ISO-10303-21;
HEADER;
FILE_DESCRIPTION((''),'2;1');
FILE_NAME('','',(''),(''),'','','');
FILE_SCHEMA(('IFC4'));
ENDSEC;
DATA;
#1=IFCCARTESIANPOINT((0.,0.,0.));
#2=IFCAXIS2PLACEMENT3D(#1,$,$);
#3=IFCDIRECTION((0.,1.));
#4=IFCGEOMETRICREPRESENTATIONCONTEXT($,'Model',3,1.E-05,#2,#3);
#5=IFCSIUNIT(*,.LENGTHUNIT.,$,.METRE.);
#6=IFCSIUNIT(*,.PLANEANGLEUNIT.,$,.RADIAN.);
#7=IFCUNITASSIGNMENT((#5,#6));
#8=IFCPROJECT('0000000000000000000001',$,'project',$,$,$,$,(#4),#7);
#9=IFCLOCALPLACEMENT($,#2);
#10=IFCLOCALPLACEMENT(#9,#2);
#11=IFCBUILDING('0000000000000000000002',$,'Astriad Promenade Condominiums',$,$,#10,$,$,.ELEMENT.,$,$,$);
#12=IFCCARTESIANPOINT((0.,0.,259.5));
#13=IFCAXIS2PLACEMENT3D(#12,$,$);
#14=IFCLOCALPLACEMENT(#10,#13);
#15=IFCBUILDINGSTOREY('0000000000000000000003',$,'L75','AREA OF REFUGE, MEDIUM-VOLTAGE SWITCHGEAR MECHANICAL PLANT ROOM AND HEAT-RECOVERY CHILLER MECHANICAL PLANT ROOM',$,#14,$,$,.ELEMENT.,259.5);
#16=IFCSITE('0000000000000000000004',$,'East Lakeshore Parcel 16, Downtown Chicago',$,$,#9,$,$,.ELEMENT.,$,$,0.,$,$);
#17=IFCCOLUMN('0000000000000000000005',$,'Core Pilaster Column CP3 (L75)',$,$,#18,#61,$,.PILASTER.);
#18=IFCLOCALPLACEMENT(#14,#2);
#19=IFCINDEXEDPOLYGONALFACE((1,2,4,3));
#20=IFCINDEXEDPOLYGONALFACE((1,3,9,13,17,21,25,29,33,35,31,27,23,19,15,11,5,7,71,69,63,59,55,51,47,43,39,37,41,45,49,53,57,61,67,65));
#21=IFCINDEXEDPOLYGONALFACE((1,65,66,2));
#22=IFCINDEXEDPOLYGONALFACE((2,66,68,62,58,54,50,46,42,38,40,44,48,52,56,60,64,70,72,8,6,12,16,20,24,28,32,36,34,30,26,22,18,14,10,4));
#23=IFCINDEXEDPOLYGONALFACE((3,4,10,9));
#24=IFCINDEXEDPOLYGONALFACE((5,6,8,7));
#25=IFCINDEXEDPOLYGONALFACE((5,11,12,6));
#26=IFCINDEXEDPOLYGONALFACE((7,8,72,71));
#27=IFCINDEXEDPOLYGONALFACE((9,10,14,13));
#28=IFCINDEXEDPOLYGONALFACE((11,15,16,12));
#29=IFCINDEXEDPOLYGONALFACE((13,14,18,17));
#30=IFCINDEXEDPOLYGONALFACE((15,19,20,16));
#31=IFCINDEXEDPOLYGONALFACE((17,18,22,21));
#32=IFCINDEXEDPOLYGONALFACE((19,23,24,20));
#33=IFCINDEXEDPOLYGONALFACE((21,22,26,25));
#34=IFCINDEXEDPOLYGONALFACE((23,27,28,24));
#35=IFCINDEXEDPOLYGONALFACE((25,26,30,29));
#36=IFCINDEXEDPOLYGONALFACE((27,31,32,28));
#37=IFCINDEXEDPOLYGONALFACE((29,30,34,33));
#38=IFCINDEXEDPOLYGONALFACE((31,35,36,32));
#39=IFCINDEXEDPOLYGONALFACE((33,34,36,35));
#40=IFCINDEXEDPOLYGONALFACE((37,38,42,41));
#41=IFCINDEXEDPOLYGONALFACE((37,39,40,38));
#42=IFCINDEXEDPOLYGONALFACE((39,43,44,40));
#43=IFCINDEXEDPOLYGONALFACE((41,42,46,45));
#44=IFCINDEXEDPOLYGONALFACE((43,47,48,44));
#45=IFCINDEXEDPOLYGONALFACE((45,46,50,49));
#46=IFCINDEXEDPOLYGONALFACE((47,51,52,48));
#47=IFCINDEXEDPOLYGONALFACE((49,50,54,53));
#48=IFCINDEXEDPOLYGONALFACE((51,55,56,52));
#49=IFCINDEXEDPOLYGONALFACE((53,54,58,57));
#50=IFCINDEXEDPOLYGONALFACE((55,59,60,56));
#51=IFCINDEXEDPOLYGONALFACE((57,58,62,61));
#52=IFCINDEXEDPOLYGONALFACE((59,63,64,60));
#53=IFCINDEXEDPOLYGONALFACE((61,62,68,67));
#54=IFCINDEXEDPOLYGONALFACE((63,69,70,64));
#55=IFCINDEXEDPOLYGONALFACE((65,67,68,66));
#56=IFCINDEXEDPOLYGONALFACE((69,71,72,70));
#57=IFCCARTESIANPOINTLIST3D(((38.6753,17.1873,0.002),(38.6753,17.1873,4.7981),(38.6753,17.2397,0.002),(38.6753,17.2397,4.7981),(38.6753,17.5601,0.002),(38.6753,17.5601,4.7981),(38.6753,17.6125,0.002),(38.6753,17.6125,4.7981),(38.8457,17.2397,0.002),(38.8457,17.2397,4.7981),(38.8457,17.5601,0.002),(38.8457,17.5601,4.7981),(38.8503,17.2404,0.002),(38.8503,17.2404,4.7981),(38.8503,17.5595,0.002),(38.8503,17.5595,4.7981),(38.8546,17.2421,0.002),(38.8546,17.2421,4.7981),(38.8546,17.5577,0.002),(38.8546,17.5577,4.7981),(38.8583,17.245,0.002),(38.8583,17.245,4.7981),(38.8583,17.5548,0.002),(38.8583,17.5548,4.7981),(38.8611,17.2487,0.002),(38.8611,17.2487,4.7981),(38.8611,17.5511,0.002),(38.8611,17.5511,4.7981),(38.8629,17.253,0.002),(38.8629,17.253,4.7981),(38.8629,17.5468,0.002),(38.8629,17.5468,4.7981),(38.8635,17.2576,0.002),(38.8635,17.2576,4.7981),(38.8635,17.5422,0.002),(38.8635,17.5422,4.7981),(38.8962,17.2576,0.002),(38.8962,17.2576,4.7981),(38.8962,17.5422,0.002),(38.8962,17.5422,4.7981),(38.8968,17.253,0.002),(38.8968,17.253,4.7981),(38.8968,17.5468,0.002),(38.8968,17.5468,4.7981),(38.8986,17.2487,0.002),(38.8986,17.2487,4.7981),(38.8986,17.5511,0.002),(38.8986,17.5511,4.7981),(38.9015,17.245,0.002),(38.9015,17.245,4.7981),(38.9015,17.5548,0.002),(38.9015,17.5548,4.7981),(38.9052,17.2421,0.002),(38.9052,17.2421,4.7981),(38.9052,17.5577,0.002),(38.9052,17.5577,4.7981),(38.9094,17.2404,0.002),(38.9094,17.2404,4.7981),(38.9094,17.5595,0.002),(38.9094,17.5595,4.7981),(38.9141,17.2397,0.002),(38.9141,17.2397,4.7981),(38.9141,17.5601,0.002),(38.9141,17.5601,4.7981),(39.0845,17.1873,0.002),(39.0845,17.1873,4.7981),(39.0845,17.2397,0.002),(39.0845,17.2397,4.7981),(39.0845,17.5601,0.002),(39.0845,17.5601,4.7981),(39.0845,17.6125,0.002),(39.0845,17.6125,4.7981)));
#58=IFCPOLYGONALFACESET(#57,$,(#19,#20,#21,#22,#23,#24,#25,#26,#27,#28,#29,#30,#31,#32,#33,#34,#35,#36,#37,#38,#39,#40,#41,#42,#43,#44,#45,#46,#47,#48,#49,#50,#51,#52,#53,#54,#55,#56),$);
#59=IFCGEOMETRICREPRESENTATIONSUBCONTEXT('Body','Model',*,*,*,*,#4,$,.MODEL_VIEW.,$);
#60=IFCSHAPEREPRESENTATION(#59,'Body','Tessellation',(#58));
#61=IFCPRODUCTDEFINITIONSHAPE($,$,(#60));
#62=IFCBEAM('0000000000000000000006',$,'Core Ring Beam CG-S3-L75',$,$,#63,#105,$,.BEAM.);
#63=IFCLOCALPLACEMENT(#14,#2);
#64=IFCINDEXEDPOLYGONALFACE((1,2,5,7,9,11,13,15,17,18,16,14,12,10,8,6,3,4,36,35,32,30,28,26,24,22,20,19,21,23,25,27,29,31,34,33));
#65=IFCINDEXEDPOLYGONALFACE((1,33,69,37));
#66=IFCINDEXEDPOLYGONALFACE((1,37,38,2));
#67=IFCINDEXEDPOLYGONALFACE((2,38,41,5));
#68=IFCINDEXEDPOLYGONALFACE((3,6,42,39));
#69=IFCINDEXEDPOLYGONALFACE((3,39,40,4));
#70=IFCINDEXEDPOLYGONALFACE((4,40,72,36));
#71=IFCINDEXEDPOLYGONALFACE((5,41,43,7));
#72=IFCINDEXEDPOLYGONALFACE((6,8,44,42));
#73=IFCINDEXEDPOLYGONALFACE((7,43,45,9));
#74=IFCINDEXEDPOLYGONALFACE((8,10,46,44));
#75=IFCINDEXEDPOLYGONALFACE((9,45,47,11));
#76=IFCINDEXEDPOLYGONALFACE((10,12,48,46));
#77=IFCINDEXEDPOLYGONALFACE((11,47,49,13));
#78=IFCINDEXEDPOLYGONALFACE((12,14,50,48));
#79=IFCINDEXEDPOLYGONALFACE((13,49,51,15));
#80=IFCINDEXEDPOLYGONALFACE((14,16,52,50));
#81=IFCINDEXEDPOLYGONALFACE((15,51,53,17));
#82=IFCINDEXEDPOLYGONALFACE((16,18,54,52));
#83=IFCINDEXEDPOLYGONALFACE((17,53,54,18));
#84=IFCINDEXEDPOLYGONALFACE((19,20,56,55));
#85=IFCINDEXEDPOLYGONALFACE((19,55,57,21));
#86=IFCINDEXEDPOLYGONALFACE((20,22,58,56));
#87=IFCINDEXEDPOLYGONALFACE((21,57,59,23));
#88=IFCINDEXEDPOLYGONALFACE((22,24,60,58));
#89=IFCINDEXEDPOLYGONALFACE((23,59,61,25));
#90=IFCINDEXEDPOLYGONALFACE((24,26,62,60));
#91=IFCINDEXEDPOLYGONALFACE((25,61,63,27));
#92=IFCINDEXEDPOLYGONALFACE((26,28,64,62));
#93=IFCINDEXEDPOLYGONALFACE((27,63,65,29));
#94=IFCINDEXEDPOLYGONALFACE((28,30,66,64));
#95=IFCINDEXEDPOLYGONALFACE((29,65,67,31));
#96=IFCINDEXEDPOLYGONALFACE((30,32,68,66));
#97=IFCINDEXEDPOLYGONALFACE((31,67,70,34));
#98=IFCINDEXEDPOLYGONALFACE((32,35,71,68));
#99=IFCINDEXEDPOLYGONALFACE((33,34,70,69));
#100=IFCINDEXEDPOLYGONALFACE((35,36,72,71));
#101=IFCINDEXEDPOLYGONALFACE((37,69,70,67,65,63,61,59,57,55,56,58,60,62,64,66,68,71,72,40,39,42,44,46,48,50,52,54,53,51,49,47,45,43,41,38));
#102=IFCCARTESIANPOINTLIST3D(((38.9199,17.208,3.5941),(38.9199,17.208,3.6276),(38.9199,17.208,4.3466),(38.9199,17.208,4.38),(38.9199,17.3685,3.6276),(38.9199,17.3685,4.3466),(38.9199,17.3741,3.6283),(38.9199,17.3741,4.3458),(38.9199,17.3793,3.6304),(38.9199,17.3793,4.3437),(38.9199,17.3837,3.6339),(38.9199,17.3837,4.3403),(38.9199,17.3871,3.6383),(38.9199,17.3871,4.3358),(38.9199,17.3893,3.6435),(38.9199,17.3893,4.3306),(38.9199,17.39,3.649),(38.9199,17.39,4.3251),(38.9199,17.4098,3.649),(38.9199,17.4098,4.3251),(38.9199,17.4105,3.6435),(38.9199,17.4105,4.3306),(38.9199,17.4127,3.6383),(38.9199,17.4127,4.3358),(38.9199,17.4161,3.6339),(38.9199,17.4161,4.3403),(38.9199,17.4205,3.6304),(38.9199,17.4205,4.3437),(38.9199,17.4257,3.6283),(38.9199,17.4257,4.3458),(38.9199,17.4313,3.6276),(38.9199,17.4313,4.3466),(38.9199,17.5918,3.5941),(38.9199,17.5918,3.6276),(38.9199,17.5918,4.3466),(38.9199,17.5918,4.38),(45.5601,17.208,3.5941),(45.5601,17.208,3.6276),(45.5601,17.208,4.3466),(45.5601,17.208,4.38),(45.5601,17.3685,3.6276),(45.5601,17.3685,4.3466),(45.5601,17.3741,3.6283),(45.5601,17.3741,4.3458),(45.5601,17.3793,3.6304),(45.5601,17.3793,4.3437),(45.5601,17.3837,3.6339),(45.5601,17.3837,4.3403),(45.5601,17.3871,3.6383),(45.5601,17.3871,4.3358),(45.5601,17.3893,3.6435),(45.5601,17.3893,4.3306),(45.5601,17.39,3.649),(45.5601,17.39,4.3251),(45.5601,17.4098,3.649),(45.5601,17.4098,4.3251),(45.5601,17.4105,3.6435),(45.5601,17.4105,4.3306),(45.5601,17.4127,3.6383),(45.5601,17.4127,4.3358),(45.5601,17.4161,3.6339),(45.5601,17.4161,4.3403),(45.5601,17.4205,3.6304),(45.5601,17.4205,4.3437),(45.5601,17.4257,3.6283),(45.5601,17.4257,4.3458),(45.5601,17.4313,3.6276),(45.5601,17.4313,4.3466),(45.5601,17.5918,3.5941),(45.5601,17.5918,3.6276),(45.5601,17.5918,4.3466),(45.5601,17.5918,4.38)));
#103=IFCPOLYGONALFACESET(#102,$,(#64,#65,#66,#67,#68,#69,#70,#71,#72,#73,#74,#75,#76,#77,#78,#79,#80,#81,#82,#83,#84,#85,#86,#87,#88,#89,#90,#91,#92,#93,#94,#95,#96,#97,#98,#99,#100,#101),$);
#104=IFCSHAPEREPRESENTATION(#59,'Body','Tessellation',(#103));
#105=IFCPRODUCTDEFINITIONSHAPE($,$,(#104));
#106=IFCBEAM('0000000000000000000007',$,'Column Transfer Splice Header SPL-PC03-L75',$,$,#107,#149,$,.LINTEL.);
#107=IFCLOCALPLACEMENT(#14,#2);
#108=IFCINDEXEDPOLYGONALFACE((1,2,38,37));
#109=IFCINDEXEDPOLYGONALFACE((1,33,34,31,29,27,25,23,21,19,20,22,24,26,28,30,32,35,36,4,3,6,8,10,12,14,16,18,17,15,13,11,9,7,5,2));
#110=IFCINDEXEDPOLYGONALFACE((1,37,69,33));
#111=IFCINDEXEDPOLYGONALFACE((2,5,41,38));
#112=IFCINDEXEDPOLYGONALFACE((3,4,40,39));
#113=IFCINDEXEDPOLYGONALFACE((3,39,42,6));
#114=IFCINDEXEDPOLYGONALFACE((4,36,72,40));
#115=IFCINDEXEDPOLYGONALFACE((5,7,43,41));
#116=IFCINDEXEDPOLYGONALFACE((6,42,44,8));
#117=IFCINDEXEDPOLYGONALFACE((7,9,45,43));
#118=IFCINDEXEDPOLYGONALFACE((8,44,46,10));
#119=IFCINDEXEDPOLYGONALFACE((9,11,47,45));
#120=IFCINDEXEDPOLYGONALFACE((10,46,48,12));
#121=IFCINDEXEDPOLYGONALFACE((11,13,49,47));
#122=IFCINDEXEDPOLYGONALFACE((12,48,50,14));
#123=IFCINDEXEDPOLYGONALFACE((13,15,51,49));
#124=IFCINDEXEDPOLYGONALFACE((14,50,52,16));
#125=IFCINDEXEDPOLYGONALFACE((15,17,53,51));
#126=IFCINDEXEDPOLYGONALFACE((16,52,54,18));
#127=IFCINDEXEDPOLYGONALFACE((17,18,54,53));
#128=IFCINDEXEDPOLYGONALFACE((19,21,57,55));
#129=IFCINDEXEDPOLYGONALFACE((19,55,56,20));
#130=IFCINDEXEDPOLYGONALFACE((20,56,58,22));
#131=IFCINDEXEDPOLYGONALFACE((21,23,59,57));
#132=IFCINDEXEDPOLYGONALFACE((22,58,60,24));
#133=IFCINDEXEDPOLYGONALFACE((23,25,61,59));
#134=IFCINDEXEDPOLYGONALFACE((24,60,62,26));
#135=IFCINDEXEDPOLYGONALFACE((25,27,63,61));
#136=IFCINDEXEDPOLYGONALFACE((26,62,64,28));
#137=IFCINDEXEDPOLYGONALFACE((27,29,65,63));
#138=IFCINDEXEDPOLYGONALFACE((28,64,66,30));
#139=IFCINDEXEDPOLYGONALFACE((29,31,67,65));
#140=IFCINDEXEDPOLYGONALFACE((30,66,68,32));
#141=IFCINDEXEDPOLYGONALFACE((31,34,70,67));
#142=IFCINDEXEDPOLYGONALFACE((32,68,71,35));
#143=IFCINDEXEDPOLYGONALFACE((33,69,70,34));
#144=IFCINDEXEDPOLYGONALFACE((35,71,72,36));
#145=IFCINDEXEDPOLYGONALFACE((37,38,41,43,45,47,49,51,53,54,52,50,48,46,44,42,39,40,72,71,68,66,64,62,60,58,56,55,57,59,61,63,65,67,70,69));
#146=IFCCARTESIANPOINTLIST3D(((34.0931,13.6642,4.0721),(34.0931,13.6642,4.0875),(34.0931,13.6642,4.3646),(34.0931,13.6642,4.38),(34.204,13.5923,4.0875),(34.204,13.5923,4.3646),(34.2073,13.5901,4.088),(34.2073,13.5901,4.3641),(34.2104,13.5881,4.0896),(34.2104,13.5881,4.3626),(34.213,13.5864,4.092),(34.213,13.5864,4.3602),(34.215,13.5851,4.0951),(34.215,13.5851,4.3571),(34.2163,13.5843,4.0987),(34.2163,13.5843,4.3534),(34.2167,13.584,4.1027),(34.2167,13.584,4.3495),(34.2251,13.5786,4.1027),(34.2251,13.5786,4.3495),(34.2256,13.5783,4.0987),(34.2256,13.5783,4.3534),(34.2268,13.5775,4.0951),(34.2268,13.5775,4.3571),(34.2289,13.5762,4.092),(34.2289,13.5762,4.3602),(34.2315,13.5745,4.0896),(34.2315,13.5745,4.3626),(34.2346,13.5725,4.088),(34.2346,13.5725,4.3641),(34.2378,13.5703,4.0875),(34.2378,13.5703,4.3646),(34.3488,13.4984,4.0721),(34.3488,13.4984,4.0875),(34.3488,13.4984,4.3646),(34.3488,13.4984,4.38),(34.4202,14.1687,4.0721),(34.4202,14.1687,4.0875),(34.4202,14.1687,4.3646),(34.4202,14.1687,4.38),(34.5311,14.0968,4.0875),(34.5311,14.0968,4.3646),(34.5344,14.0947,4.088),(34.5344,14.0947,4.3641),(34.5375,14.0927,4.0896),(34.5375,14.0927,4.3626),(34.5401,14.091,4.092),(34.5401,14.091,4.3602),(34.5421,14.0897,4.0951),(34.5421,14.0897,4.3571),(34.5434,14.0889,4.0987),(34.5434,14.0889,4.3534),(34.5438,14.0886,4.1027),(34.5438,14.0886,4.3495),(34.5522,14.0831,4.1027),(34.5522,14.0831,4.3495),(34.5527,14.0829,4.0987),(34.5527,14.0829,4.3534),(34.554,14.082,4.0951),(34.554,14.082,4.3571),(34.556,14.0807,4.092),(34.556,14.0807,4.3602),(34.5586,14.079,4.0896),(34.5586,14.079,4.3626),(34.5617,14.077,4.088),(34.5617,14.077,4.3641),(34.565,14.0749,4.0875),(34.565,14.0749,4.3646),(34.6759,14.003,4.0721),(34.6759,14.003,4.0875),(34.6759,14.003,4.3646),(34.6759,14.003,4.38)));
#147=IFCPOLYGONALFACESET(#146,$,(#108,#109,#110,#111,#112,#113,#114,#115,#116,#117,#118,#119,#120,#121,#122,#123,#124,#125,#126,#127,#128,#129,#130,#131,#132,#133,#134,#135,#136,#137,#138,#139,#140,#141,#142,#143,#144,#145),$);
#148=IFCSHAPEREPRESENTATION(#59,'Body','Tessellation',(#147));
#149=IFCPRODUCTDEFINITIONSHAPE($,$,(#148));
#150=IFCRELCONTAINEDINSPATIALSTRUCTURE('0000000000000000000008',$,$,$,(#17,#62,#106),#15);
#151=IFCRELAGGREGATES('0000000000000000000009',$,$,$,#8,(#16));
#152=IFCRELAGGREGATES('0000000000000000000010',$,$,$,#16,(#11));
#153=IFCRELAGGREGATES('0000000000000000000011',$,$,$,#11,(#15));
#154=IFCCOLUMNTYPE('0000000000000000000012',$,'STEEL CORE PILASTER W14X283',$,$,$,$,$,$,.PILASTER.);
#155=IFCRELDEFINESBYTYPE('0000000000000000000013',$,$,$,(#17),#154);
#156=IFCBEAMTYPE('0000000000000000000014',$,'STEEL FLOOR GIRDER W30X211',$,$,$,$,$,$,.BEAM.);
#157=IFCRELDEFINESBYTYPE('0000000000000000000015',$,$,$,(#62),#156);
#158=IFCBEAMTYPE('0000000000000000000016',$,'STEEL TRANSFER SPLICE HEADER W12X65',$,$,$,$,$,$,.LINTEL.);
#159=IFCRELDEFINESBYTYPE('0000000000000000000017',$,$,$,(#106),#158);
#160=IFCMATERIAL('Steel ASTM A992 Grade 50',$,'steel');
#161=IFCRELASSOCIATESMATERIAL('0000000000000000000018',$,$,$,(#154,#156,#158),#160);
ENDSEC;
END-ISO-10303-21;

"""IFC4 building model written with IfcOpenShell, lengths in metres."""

from ifc_helpers import new_model, si_unit, direction, frame, origin, origin_2d, place, context, subcontext, project, spatial, i_section, extrude, source, transform, mapped, material, material_profile, profile_set, type_object, type_shapes, element, save


model = new_model("IFC4")

# Units and contexts
model_context = context("Model", 3, precision=1e-05, world=origin(), true_north=direction((0.0, 1.0)))
body_context = subcontext(model_context, "Body", "Model", "MODEL_VIEW")
ifc_project = project(units=[si_unit("LENGTHUNIT", "METRE"), si_unit("PLANEANGLEUNIT", "RADIAN")], contexts=[model_context])

# Site, building, storey
site_placement = place(None, origin())
site = spatial("IfcSite", under=ifc_project, at=site_placement, Name="East Lakeshore Parcel 16, Downtown Chicago", CompositionType="ELEMENT", RefElevation=0.0)
building_placement = place(site_placement, origin())
building = spatial("IfcBuilding", under=site, at=building_placement, Name="Astriad Promenade Condominiums", CompositionType="ELEMENT")
storey_placement = place(building_placement, frame((0.0, 0.0, 259.5)))
storey = spatial("IfcBuildingStorey", under=building, at=storey_placement, Name="L75", Description="AREA OF REFUGE, MEDIUM-VOLTAGE SWITCHGEAR MECHANICAL PLANT ROOM AND HEAT-RECOVERY CHILLER MECHANICAL PLANT ROOM", CompositionType="ELEMENT", Elevation=259.5)

# Column
ifc_material_1 = material(Name="Steel ASTM A992 Grade 50", Category="steel")
ifc_material_profile_1 = material_profile(ifc_material_1, i_section(OverallWidth=0.4092, OverallDepth=0.4253, WebThickness=0.0327, FlangeThickness=0.0525, FilletRadius=0.0178, at=origin_2d()), Name="W14X283")
ifc_profile_set_1 = profile_set([ifc_material_profile_1], Name="Steel ASTM A992 Grade 50")
column_type = type_object("IfcColumnType", Name="STEEL CORE PILASTER W14X283", PredefinedType="PILASTER", material=ifc_profile_set_1)
shared_shape_1 = source(origin(), body_context, "Body", "SweptSolid", [
    extrude(i_section(OverallWidth=0.4092, OverallDepth=0.4253, WebThickness=0.0327, FlangeThickness=0.0525, FilletRadius=0.0178, at=origin_2d()), origin(), (0.0, 0.0, 1.0), 4.7961),
])
type_shapes(column_type, [shared_shape_1])
column_placement = place(storey_placement, frame((38.8799, 17.3999, 0.002), z_axis=(0.0, 0.0, 1.0), x_axis=(1.0, 0.0, 0.0)))
element("IfcColumn", 1, at=column_placement, inside=storey, type_object=column_type, Name="Core Pilaster Column CP3 (L75)", PredefinedType="PILASTER", context=body_context, shape_type="MappedRepresentation", body=[
    mapped(shared_shape_1, transform((0.0, 0.0, 0.0), scale=1.0)),
])

# Beams
ifc_material_profile_2 = material_profile(ifc_material_1, i_section(OverallWidth=0.3838, OverallDepth=0.7859, WebThickness=0.0198, FlangeThickness=0.0334, FilletRadius=0.0215, at=origin_2d()), Name="W30X211")
ifc_profile_set_2 = profile_set([ifc_material_profile_2], Name="Steel ASTM A992 Grade 50")
beam_type_1 = type_object("IfcBeamType", Name="STEEL FLOOR GIRDER W30X211", PredefinedType="BEAM", material=ifc_profile_set_2)
shared_shape_2 = source(origin(), body_context, "Body", "SweptSolid", [
    extrude(i_section(OverallWidth=0.3838, OverallDepth=0.7859, WebThickness=0.0198, FlangeThickness=0.0334, FilletRadius=0.0215, at=origin_2d()), origin(), (0.0, 0.0, 1.0), 6.6401),
])
type_shapes(beam_type_1, [shared_shape_2])
beam_1_placement = place(storey_placement, frame((38.9199, 17.3999, 3.9871), z_axis=(1.0, 0.0, 0.0), x_axis=(0.0, 1.0, 0.0)))
element("IfcBeam", 2, at=beam_1_placement, inside=storey, type_object=beam_type_1, Name="Core Ring Beam CG-S3-L75", PredefinedType="BEAM", context=body_context, shape_type="MappedRepresentation", body=[
    mapped(shared_shape_2, transform((0.0, 0.0, 0.0), scale=1.0)),
])
ifc_material_profile_3 = material_profile(ifc_material_1, i_section(OverallWidth=0.3047, OverallDepth=0.3079, WebThickness=0.01, FlangeThickness=0.0154, FilletRadius=0.0151, at=origin_2d()), Name="W12X65")
ifc_profile_set_3 = profile_set([ifc_material_profile_3], Name="Steel ASTM A992 Grade 50")
beam_type_2 = type_object("IfcBeamType", Name="STEEL TRANSFER SPLICE HEADER W12X65", PredefinedType="LINTEL", material=ifc_profile_set_3)
shared_shape_3 = source(origin(), body_context, "Body", "SweptSolid", [
    extrude(i_section(OverallWidth=0.3047, OverallDepth=0.3079, WebThickness=0.01, FlangeThickness=0.0154, FilletRadius=0.0151, at=origin_2d()), origin(), (0.0, 0.0, 1.0), 0.6013),
])
type_shapes(beam_type_2, [shared_shape_3])
beam_2_placement = place(storey_placement, frame((34.2209, 13.5813, 4.2261), z_axis=(0.543975, 0.839102, 0.0), x_axis=(-0.839102, 0.543975, 0.0)))
element("IfcBeam", 3, at=beam_2_placement, inside=storey, type_object=beam_type_2, Name="Column Transfer Splice Header SPL-PC03-L75", PredefinedType="LINTEL", context=body_context, shape_type="MappedRepresentation", body=[
    mapped(shared_shape_3, transform((0.0, 0.0, 0.0), scale=1.0)),
])

save(model, "model.ifc")
